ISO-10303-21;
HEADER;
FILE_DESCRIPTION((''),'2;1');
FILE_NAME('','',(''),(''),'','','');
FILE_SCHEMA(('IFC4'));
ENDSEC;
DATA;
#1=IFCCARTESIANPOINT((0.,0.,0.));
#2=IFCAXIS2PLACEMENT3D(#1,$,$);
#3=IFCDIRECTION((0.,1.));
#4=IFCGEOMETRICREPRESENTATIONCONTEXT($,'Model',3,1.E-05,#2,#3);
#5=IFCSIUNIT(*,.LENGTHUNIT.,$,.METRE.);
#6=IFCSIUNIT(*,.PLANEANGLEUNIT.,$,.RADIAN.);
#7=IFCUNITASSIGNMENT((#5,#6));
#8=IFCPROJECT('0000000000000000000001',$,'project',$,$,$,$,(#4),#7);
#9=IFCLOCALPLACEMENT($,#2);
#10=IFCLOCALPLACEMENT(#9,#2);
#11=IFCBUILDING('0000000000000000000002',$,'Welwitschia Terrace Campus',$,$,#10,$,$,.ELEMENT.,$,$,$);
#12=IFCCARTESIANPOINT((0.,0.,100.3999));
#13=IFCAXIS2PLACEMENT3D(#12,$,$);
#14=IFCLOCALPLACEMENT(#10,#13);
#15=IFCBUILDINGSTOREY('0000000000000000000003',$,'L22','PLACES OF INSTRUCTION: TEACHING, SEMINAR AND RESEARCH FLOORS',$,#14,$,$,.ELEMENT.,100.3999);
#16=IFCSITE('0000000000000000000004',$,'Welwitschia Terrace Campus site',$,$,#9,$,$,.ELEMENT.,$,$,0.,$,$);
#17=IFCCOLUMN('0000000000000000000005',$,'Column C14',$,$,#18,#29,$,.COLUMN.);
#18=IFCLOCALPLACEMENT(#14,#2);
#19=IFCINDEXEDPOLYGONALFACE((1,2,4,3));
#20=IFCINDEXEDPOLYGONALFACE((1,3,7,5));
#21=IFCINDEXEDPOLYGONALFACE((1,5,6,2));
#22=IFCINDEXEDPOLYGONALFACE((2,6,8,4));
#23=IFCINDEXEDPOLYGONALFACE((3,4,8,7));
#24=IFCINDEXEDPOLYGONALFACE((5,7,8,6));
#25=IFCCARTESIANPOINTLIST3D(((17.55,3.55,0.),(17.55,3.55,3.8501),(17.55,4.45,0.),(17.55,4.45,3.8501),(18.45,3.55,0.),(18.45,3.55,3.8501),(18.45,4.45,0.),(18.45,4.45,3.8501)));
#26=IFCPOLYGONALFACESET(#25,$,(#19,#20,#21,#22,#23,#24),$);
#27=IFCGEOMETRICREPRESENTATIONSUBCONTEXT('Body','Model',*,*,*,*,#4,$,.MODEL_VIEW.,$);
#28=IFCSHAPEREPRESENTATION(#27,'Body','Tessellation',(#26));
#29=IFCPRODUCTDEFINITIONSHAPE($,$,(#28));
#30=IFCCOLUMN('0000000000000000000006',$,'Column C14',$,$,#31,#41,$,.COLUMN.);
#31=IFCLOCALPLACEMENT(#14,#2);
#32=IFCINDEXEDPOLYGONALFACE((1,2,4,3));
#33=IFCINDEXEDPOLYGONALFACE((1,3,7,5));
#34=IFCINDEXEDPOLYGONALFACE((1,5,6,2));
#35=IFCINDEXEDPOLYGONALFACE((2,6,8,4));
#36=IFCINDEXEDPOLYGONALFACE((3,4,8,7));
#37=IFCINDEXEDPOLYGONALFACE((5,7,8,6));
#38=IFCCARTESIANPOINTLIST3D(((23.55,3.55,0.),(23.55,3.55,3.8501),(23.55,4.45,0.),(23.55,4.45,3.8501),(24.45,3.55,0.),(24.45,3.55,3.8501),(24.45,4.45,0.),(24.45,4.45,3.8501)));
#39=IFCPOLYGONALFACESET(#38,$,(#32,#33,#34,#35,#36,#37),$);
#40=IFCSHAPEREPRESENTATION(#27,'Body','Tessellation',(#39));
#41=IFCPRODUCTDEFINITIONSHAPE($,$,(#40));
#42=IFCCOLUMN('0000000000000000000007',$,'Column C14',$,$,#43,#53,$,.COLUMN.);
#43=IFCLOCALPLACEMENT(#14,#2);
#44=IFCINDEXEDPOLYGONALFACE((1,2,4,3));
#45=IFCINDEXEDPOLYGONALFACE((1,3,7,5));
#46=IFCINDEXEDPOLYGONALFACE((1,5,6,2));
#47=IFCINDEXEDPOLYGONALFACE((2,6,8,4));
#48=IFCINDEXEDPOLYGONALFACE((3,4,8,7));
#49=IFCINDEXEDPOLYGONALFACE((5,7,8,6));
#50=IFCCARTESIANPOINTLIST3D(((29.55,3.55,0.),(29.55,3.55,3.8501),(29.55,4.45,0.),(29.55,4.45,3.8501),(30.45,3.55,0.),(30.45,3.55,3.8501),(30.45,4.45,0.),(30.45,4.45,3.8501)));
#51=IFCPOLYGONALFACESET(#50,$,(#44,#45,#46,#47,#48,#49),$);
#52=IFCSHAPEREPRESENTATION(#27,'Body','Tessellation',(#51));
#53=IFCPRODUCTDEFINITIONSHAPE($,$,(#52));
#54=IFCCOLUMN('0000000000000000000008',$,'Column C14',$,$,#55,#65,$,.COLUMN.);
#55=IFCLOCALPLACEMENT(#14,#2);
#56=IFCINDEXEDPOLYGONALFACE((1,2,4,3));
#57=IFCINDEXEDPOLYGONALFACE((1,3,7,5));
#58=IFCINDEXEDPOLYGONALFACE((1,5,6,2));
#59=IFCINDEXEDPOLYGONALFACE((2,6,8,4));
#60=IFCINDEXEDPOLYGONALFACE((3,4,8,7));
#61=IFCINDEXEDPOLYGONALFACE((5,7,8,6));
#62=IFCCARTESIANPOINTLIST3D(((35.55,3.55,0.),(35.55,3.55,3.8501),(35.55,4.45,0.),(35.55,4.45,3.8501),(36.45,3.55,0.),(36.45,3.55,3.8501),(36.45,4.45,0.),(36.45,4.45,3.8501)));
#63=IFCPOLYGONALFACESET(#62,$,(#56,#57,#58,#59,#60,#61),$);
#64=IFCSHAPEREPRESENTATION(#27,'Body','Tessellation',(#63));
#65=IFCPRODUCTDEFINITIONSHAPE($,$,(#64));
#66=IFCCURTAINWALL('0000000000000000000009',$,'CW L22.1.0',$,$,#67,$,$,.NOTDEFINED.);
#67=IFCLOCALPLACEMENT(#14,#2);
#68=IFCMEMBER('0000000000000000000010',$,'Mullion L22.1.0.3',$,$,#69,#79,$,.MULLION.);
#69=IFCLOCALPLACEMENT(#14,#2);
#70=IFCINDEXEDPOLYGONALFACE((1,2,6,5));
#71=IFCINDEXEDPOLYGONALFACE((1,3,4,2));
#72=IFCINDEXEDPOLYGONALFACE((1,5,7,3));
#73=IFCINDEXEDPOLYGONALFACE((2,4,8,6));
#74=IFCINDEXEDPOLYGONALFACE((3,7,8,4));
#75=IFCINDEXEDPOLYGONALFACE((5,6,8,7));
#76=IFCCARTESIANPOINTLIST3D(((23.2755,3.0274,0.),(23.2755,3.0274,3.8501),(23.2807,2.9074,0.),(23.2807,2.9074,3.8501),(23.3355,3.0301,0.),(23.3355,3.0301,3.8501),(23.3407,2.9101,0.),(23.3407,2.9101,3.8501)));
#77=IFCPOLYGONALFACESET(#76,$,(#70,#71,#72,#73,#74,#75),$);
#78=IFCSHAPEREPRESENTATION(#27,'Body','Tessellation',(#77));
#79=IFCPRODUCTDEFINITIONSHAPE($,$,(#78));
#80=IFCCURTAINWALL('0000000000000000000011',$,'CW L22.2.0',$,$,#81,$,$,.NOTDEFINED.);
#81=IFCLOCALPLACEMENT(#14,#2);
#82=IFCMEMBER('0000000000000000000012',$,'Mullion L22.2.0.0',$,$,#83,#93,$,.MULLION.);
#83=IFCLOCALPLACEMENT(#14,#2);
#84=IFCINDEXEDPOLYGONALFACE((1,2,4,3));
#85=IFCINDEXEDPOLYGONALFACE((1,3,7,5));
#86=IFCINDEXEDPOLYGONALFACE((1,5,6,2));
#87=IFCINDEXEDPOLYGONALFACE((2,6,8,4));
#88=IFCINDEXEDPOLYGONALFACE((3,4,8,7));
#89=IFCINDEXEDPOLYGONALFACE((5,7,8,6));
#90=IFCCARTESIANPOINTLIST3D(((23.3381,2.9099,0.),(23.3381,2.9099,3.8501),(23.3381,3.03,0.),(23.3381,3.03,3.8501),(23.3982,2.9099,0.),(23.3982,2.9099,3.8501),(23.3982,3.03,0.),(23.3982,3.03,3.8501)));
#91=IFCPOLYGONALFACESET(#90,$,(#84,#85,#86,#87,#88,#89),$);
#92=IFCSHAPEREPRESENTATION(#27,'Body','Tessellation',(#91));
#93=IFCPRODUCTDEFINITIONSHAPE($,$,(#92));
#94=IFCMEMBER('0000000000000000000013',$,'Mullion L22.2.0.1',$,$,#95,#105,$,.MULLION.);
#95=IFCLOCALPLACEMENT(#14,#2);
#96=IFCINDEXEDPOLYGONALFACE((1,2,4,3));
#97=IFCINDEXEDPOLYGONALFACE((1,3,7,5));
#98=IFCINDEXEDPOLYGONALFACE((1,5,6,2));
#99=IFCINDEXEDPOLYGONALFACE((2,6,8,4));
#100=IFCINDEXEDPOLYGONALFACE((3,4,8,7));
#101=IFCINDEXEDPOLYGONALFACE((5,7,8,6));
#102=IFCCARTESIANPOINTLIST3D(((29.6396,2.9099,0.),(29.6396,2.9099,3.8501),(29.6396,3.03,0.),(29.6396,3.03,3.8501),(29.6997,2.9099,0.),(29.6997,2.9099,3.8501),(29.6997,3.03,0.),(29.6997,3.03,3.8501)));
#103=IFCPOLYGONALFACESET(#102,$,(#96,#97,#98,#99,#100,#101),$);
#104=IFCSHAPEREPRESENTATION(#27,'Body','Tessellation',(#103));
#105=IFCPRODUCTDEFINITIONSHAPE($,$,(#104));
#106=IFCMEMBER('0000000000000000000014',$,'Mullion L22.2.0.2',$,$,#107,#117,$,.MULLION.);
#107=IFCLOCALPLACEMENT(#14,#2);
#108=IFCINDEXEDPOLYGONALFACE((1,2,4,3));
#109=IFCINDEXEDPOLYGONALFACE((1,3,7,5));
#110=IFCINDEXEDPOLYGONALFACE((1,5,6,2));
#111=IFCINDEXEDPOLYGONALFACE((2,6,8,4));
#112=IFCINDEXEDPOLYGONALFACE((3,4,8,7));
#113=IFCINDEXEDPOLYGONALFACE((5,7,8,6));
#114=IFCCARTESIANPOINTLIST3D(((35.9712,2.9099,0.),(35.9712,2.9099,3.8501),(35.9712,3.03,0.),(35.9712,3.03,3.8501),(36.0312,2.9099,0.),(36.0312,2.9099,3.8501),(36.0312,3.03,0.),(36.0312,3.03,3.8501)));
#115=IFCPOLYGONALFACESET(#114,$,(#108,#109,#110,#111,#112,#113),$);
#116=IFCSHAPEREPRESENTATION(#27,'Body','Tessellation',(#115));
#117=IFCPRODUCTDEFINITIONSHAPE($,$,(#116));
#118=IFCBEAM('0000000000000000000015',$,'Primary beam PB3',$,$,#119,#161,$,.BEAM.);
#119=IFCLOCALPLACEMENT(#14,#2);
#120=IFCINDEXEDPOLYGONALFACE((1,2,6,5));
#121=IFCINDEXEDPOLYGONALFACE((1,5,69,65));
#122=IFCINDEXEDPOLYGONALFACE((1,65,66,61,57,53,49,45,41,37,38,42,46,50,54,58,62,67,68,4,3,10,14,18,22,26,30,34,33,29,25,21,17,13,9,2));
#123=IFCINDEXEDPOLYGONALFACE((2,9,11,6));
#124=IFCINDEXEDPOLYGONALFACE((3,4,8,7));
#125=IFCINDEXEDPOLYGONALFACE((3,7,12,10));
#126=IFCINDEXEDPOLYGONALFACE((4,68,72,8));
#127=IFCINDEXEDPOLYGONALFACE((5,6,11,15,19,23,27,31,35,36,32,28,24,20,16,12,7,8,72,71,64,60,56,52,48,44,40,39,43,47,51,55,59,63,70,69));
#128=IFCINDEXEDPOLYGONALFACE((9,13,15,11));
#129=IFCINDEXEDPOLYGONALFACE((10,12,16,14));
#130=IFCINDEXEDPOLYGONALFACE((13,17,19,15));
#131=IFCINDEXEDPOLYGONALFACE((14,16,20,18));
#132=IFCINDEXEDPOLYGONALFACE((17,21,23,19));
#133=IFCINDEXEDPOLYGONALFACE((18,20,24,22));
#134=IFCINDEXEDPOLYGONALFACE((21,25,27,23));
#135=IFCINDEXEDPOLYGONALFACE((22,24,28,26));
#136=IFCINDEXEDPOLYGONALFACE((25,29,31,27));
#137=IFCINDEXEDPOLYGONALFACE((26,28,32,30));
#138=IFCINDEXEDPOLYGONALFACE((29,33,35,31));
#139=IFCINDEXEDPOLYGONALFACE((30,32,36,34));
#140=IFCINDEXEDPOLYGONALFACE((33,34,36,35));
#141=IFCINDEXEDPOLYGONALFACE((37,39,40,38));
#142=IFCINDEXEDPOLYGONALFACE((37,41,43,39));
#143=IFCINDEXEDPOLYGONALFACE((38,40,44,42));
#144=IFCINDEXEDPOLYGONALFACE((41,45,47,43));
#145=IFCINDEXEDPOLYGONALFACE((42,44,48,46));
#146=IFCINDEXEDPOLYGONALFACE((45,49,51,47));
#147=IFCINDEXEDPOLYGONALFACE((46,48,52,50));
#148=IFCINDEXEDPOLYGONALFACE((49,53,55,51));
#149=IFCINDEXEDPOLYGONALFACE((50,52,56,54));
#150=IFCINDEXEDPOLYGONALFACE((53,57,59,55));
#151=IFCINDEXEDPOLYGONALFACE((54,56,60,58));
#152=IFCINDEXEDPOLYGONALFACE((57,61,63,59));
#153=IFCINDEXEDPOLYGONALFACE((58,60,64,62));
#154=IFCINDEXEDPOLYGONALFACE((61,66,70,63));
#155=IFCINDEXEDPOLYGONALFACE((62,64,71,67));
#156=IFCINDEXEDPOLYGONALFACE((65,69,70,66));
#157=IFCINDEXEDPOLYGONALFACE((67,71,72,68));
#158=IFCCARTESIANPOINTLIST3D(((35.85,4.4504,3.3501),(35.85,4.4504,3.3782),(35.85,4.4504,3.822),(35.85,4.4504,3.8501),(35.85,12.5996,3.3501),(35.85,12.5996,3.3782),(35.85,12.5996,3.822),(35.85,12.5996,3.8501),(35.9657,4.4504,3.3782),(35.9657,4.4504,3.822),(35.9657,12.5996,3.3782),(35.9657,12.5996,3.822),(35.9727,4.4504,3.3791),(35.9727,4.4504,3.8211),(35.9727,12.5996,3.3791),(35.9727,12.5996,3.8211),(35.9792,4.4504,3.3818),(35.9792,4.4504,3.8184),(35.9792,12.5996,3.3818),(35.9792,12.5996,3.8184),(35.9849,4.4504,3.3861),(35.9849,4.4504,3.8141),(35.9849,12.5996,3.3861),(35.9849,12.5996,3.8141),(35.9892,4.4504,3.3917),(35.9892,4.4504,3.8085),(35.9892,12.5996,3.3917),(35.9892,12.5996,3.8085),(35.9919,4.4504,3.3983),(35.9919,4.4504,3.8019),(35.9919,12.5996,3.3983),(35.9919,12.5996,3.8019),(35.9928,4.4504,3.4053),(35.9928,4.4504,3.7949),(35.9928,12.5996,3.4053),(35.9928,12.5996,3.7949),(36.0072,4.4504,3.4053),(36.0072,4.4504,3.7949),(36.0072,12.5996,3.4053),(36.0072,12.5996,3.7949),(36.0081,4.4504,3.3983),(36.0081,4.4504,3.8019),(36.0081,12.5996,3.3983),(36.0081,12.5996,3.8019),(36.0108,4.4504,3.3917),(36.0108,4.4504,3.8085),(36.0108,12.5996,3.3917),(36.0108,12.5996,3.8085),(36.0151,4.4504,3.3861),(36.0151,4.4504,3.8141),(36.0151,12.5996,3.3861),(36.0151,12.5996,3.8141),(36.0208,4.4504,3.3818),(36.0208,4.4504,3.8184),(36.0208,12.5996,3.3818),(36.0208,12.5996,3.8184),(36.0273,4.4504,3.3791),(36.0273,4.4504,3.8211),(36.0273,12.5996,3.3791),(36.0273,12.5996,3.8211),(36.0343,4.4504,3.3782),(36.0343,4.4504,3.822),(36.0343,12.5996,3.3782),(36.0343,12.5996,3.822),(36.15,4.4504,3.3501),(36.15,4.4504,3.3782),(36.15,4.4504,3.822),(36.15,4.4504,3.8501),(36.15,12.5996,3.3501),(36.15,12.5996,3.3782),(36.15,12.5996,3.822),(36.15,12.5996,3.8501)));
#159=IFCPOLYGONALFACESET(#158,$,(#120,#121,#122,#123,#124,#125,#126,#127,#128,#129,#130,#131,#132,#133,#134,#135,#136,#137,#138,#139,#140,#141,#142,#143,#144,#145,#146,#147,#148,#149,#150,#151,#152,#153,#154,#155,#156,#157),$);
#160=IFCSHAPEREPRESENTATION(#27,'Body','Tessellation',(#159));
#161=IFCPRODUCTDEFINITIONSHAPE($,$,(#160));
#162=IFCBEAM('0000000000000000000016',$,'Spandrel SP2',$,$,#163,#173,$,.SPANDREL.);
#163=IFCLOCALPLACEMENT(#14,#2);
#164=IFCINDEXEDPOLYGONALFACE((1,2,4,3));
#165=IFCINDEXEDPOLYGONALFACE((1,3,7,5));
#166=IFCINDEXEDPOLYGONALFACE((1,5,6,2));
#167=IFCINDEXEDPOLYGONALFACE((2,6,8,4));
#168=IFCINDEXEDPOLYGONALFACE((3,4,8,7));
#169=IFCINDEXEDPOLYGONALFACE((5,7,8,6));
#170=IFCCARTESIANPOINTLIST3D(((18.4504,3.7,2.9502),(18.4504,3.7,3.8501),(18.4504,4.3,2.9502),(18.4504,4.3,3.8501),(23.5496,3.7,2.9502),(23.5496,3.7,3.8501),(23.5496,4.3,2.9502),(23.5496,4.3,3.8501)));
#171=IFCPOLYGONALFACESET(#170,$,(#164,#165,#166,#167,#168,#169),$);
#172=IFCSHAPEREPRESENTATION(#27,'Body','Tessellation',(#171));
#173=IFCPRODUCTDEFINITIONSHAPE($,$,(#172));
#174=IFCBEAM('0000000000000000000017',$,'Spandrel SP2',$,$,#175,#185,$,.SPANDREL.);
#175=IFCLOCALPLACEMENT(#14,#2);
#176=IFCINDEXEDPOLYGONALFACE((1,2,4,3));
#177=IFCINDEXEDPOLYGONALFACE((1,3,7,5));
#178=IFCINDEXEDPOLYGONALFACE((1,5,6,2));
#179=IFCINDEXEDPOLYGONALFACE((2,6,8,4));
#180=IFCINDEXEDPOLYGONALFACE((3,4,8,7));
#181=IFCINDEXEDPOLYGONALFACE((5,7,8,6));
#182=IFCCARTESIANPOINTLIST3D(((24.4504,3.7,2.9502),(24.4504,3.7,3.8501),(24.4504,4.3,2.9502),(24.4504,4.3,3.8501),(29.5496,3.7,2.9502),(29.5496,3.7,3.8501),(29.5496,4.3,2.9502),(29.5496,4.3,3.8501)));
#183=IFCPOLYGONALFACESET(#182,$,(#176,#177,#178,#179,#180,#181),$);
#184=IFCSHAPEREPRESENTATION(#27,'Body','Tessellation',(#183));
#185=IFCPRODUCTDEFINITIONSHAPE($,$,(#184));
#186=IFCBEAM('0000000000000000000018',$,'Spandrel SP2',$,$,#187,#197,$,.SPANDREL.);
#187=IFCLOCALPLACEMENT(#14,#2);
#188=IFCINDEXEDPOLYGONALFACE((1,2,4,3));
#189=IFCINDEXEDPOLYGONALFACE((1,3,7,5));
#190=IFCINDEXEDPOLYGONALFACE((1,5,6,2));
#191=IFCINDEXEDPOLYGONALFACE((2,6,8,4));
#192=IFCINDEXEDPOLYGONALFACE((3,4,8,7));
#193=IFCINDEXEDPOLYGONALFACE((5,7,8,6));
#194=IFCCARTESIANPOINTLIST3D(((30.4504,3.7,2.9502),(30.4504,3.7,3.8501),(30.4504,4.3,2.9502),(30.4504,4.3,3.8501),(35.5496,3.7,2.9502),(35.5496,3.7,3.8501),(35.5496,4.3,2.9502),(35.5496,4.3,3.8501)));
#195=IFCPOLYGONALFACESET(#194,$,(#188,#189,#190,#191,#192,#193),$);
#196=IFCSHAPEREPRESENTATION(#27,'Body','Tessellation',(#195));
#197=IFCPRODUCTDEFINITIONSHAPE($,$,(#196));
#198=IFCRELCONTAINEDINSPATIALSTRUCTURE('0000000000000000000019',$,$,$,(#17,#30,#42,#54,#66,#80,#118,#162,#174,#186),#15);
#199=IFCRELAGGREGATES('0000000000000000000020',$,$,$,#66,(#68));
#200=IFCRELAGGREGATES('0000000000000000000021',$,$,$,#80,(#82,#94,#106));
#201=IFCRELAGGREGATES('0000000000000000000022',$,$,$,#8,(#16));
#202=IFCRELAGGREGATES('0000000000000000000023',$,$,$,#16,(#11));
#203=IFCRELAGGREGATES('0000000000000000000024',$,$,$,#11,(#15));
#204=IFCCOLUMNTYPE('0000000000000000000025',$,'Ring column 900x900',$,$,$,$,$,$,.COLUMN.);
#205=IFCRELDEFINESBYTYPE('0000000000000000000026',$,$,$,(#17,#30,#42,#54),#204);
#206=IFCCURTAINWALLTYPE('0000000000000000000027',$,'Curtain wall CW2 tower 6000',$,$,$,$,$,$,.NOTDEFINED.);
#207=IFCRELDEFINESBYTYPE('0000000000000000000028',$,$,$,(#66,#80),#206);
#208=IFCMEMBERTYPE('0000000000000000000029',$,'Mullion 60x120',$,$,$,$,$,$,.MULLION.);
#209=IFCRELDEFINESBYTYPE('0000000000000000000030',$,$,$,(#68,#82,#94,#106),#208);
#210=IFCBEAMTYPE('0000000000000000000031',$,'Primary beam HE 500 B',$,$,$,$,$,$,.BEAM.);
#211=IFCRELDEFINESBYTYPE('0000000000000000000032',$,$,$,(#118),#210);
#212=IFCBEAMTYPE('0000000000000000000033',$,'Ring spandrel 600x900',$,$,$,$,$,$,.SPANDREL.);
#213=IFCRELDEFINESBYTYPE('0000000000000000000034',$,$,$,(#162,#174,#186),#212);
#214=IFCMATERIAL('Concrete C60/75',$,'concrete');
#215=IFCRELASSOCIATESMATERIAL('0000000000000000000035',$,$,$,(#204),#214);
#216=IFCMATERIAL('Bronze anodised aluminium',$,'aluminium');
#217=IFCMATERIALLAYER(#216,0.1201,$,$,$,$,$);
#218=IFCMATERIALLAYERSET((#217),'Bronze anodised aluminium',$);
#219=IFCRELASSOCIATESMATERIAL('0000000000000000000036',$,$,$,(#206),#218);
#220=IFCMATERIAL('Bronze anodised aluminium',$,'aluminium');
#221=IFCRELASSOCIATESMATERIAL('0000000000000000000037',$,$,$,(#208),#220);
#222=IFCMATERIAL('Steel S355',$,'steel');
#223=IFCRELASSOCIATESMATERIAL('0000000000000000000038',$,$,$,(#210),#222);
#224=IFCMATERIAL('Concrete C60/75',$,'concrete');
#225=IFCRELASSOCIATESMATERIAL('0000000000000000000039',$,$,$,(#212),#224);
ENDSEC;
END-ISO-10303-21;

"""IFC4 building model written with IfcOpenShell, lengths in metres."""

from ifc_helpers import new_model, si_unit, direction, frame, origin, origin_2d, place, context, subcontext, project, spatial, rectangle, i_section, extrude, material, layer, layer_set, material_profile, profile_set, type_object, element, aggregate, save


model = new_model("IFC4")

# Units and contexts
model_context = context("Model", 3, precision=1e-05, world=origin(), true_north=direction((0.0, 1.0)))
body_context = subcontext(model_context, "Body", "Model", "MODEL_VIEW")
ifc_project = project(units=[si_unit("LENGTHUNIT", "METRE"), si_unit("PLANEANGLEUNIT", "RADIAN")], contexts=[model_context])

# Site, building, storey
site_placement = place(None, origin())
site = spatial("IfcSite", under=ifc_project, at=site_placement, Name="Welwitschia Terrace Campus site", CompositionType="ELEMENT", RefElevation=0.0)
building_placement = place(site_placement, origin())
building = spatial("IfcBuilding", under=site, at=building_placement, Name="Welwitschia Terrace Campus", CompositionType="ELEMENT")
storey_placement = place(building_placement, frame((0.0, 0.0, 100.3999)))
storey = spatial("IfcBuildingStorey", under=building, at=storey_placement, Name="L22", Description="PLACES OF INSTRUCTION: TEACHING, SEMINAR AND RESEARCH FLOORS", CompositionType="ELEMENT", Elevation=100.3999)

# Columns
ifc_material_1 = material(Name="Concrete C60/75", Category="concrete")
ifc_material_profile_1 = material_profile(ifc_material_1, rectangle(XDim=0.8999, YDim=0.8999, at=origin_2d()))
ifc_profile_set_1 = profile_set([ifc_material_profile_1], Name="Concrete C60/75")
column_type = type_object("IfcColumnType", Name="Ring column 900x900", PredefinedType="COLUMN", material=ifc_profile_set_1)
for number, where, z_axis, x_axis, name in (
    (1, (18.0, 4.0, 0.0), (0.0, 0.0, 1.0), (1.0, 0.0, 0.0), "Column C14"),
    (2, (24.0, 4.0, 0.0), (0.0, 0.0, 1.0), (1.0, 0.0, 0.0), "Column C14"),
    (3, (30.0, 4.0, 0.0), (0.0, 0.0, 1.0), (1.0, 0.0, 0.0), "Column C14"),
    (4, (36.0, 4.0, 0.0), (0.0, 0.0, 1.0), (1.0, 0.0, 0.0), "Column C14"),
):
    element("IfcColumn", number, at=place(storey_placement, frame(where, z_axis=z_axis, x_axis=x_axis)), inside=storey, type_object=column_type, Name=name, PredefinedType="COLUMN", context=body_context, shape_type="SweptSolid", body=[
        extrude(rectangle(XDim=0.8999, YDim=0.8999, at=origin_2d()), origin(), (0.0, 0.0, 1.0), 3.8501),
    ])

# Curtain wall, member
ifc_material_2 = material(Name="Bronze anodised aluminium", Category="aluminium")
ifc_layer_1 = layer(ifc_material_2, 0.1201)
ifc_layer_set_1 = layer_set([ifc_layer_1], Name="Bronze anodised aluminium")
curtain_wall_type = type_object("IfcCurtainWallType", Name="Curtain wall CW2 tower 6000", PredefinedType="NOTDEFINED", material=ifc_layer_set_1)
curtain_wall_1_placement = place(storey_placement, origin())
curtain_wall_1 = element("IfcCurtainWall", 5, at=curtain_wall_1_placement, inside=storey, type_object=curtain_wall_type, Name="CW L22.1.0", PredefinedType="NOTDEFINED")
ifc_material_3 = material(Name="Bronze anodised aluminium", Category="aluminium")
ifc_material_profile_2 = material_profile(ifc_material_3, rectangle(XDim=0.1201, YDim=0.0601, at=origin_2d()))
ifc_profile_set_2 = profile_set([ifc_material_profile_2], Name="Bronze anodised aluminium")
member_type_1 = type_object("IfcMemberType", Name="Mullion 60x120", PredefinedType="MULLION", material=ifc_profile_set_2)
member_1_placement = place(storey_placement, frame((23.3081, 2.9688, 0.0), z_axis=(0.0, 0.0, 1.0), x_axis=(-0.043619, 0.999048, 0.0)))
member_1 = element("IfcMember", 6, at=member_1_placement, type_object=member_type_1, Name="Mullion L22.1.0.3", PredefinedType="MULLION", context=body_context, shape_type="SweptSolid", body=[
    extrude(rectangle(XDim=0.1201, YDim=0.0601, at=origin_2d()), origin(), (0.0, 0.0, 1.0), 3.8501),
])

# Curtain wall, members
curtain_wall_2_placement = place(storey_placement, origin())
curtain_wall_2 = element("IfcCurtainWall", 7, at=curtain_wall_2_placement, inside=storey, type_object=curtain_wall_type, Name="CW L22.2.0", PredefinedType="NOTDEFINED")
member_2_placement = place(storey_placement, frame((23.3682, 2.97, 0.0), z_axis=(0.0, 0.0, 1.0), x_axis=(0.0, 1.0, 0.0)))
member_2 = element("IfcMember", 8, at=member_2_placement, type_object=member_type_1, Name="Mullion L22.2.0.0", PredefinedType="MULLION", context=body_context, shape_type="SweptSolid", body=[
    extrude(rectangle(XDim=0.1201, YDim=0.0601, at=origin_2d()), origin(), (0.0, 0.0, 1.0), 3.8501),
])
member_3_placement = place(storey_placement, frame((29.6697, 2.97, 0.0), z_axis=(0.0, 0.0, 1.0), x_axis=(0.0, 1.0, 0.0)))
member_3 = element("IfcMember", 9, at=member_3_placement, type_object=member_type_1, Name="Mullion L22.2.0.1", PredefinedType="MULLION", context=body_context, shape_type="SweptSolid", body=[
    extrude(rectangle(XDim=0.1201, YDim=0.0601, at=origin_2d()), origin(), (0.0, 0.0, 1.0), 3.8501),
])
member_4_placement = place(storey_placement, frame((36.0012, 2.97, 0.0), z_axis=(0.0, 0.0, 1.0), x_axis=(0.0, 1.0, 0.0)))
member_4 = element("IfcMember", 10, at=member_4_placement, type_object=member_type_1, Name="Mullion L22.2.0.2", PredefinedType="MULLION", context=body_context, shape_type="SweptSolid", body=[
    extrude(rectangle(XDim=0.1201, YDim=0.0601, at=origin_2d()), origin(), (0.0, 0.0, 1.0), 3.8501),
])

# Beams
ifc_material_4 = material(Name="Steel S355", Category="steel")
ifc_material_profile_3 = material_profile(ifc_material_4, i_section(OverallWidth=0.3, OverallDepth=0.5, WebThickness=0.0144, FlangeThickness=0.0281, FilletRadius=0.0271, at=origin_2d()))
ifc_profile_set_3 = profile_set([ifc_material_profile_3], Name="Steel S355")
beam_type_1 = type_object("IfcBeamType", Name="Primary beam HE 500 B", PredefinedType="BEAM", material=ifc_profile_set_3)
beam_placement = place(storey_placement, frame((36.0, 4.4504, 3.6001), z_axis=(0.0, 1.0, 0.0), x_axis=(-1.0, 0.0, 0.0)))
element("IfcBeam", 11, at=beam_placement, inside=storey, type_object=beam_type_1, Name="Primary beam PB3", PredefinedType="BEAM", context=body_context, shape_type="SweptSolid", body=[
    extrude(i_section(OverallWidth=0.3, OverallDepth=0.5, WebThickness=0.0144, FlangeThickness=0.0281, FilletRadius=0.0271, at=origin_2d()), origin(), (0.0, 0.0, 1.0), 8.1492),
])
ifc_material_5 = material(Name="Concrete C60/75", Category="concrete")
ifc_material_profile_4 = material_profile(ifc_material_5, rectangle(XDim=0.6001, YDim=0.8999, at=origin_2d()))
ifc_profile_set_4 = profile_set([ifc_material_profile_4], Name="Concrete C60/75")
beam_type_2 = type_object("IfcBeamType", Name="Ring spandrel 600x900", PredefinedType="SPANDREL", material=ifc_profile_set_4)
for number, where, z_axis, x_axis, name in (
    (12, (18.4504, 4.0, 3.4001), (1.0, 0.0, 0.0), (0.0, 1.0, 0.0), "Spandrel SP2"),
    (13, (24.4504, 4.0, 3.4001), (1.0, 0.0, 0.0), (0.0, 1.0, 0.0), "Spandrel SP2"),
    (14, (30.4504, 4.0, 3.4001), (1.0, 0.0, 0.0), (0.0, 1.0, 0.0), "Spandrel SP2"),
):
    element("IfcBeam", number, at=place(storey_placement, frame(where, z_axis=z_axis, x_axis=x_axis)), inside=storey, type_object=beam_type_2, Name=name, PredefinedType="SPANDREL", context=body_context, shape_type="SweptSolid", body=[
        extrude(rectangle(XDim=0.6001, YDim=0.8999, at=origin_2d()), origin(), (0.0, 0.0, 1.0), 5.0991),
    ])

aggregate(curtain_wall_1, [member_1])
aggregate(curtain_wall_2, [member_2, member_3, member_4])

save(model, "model.ifc")
